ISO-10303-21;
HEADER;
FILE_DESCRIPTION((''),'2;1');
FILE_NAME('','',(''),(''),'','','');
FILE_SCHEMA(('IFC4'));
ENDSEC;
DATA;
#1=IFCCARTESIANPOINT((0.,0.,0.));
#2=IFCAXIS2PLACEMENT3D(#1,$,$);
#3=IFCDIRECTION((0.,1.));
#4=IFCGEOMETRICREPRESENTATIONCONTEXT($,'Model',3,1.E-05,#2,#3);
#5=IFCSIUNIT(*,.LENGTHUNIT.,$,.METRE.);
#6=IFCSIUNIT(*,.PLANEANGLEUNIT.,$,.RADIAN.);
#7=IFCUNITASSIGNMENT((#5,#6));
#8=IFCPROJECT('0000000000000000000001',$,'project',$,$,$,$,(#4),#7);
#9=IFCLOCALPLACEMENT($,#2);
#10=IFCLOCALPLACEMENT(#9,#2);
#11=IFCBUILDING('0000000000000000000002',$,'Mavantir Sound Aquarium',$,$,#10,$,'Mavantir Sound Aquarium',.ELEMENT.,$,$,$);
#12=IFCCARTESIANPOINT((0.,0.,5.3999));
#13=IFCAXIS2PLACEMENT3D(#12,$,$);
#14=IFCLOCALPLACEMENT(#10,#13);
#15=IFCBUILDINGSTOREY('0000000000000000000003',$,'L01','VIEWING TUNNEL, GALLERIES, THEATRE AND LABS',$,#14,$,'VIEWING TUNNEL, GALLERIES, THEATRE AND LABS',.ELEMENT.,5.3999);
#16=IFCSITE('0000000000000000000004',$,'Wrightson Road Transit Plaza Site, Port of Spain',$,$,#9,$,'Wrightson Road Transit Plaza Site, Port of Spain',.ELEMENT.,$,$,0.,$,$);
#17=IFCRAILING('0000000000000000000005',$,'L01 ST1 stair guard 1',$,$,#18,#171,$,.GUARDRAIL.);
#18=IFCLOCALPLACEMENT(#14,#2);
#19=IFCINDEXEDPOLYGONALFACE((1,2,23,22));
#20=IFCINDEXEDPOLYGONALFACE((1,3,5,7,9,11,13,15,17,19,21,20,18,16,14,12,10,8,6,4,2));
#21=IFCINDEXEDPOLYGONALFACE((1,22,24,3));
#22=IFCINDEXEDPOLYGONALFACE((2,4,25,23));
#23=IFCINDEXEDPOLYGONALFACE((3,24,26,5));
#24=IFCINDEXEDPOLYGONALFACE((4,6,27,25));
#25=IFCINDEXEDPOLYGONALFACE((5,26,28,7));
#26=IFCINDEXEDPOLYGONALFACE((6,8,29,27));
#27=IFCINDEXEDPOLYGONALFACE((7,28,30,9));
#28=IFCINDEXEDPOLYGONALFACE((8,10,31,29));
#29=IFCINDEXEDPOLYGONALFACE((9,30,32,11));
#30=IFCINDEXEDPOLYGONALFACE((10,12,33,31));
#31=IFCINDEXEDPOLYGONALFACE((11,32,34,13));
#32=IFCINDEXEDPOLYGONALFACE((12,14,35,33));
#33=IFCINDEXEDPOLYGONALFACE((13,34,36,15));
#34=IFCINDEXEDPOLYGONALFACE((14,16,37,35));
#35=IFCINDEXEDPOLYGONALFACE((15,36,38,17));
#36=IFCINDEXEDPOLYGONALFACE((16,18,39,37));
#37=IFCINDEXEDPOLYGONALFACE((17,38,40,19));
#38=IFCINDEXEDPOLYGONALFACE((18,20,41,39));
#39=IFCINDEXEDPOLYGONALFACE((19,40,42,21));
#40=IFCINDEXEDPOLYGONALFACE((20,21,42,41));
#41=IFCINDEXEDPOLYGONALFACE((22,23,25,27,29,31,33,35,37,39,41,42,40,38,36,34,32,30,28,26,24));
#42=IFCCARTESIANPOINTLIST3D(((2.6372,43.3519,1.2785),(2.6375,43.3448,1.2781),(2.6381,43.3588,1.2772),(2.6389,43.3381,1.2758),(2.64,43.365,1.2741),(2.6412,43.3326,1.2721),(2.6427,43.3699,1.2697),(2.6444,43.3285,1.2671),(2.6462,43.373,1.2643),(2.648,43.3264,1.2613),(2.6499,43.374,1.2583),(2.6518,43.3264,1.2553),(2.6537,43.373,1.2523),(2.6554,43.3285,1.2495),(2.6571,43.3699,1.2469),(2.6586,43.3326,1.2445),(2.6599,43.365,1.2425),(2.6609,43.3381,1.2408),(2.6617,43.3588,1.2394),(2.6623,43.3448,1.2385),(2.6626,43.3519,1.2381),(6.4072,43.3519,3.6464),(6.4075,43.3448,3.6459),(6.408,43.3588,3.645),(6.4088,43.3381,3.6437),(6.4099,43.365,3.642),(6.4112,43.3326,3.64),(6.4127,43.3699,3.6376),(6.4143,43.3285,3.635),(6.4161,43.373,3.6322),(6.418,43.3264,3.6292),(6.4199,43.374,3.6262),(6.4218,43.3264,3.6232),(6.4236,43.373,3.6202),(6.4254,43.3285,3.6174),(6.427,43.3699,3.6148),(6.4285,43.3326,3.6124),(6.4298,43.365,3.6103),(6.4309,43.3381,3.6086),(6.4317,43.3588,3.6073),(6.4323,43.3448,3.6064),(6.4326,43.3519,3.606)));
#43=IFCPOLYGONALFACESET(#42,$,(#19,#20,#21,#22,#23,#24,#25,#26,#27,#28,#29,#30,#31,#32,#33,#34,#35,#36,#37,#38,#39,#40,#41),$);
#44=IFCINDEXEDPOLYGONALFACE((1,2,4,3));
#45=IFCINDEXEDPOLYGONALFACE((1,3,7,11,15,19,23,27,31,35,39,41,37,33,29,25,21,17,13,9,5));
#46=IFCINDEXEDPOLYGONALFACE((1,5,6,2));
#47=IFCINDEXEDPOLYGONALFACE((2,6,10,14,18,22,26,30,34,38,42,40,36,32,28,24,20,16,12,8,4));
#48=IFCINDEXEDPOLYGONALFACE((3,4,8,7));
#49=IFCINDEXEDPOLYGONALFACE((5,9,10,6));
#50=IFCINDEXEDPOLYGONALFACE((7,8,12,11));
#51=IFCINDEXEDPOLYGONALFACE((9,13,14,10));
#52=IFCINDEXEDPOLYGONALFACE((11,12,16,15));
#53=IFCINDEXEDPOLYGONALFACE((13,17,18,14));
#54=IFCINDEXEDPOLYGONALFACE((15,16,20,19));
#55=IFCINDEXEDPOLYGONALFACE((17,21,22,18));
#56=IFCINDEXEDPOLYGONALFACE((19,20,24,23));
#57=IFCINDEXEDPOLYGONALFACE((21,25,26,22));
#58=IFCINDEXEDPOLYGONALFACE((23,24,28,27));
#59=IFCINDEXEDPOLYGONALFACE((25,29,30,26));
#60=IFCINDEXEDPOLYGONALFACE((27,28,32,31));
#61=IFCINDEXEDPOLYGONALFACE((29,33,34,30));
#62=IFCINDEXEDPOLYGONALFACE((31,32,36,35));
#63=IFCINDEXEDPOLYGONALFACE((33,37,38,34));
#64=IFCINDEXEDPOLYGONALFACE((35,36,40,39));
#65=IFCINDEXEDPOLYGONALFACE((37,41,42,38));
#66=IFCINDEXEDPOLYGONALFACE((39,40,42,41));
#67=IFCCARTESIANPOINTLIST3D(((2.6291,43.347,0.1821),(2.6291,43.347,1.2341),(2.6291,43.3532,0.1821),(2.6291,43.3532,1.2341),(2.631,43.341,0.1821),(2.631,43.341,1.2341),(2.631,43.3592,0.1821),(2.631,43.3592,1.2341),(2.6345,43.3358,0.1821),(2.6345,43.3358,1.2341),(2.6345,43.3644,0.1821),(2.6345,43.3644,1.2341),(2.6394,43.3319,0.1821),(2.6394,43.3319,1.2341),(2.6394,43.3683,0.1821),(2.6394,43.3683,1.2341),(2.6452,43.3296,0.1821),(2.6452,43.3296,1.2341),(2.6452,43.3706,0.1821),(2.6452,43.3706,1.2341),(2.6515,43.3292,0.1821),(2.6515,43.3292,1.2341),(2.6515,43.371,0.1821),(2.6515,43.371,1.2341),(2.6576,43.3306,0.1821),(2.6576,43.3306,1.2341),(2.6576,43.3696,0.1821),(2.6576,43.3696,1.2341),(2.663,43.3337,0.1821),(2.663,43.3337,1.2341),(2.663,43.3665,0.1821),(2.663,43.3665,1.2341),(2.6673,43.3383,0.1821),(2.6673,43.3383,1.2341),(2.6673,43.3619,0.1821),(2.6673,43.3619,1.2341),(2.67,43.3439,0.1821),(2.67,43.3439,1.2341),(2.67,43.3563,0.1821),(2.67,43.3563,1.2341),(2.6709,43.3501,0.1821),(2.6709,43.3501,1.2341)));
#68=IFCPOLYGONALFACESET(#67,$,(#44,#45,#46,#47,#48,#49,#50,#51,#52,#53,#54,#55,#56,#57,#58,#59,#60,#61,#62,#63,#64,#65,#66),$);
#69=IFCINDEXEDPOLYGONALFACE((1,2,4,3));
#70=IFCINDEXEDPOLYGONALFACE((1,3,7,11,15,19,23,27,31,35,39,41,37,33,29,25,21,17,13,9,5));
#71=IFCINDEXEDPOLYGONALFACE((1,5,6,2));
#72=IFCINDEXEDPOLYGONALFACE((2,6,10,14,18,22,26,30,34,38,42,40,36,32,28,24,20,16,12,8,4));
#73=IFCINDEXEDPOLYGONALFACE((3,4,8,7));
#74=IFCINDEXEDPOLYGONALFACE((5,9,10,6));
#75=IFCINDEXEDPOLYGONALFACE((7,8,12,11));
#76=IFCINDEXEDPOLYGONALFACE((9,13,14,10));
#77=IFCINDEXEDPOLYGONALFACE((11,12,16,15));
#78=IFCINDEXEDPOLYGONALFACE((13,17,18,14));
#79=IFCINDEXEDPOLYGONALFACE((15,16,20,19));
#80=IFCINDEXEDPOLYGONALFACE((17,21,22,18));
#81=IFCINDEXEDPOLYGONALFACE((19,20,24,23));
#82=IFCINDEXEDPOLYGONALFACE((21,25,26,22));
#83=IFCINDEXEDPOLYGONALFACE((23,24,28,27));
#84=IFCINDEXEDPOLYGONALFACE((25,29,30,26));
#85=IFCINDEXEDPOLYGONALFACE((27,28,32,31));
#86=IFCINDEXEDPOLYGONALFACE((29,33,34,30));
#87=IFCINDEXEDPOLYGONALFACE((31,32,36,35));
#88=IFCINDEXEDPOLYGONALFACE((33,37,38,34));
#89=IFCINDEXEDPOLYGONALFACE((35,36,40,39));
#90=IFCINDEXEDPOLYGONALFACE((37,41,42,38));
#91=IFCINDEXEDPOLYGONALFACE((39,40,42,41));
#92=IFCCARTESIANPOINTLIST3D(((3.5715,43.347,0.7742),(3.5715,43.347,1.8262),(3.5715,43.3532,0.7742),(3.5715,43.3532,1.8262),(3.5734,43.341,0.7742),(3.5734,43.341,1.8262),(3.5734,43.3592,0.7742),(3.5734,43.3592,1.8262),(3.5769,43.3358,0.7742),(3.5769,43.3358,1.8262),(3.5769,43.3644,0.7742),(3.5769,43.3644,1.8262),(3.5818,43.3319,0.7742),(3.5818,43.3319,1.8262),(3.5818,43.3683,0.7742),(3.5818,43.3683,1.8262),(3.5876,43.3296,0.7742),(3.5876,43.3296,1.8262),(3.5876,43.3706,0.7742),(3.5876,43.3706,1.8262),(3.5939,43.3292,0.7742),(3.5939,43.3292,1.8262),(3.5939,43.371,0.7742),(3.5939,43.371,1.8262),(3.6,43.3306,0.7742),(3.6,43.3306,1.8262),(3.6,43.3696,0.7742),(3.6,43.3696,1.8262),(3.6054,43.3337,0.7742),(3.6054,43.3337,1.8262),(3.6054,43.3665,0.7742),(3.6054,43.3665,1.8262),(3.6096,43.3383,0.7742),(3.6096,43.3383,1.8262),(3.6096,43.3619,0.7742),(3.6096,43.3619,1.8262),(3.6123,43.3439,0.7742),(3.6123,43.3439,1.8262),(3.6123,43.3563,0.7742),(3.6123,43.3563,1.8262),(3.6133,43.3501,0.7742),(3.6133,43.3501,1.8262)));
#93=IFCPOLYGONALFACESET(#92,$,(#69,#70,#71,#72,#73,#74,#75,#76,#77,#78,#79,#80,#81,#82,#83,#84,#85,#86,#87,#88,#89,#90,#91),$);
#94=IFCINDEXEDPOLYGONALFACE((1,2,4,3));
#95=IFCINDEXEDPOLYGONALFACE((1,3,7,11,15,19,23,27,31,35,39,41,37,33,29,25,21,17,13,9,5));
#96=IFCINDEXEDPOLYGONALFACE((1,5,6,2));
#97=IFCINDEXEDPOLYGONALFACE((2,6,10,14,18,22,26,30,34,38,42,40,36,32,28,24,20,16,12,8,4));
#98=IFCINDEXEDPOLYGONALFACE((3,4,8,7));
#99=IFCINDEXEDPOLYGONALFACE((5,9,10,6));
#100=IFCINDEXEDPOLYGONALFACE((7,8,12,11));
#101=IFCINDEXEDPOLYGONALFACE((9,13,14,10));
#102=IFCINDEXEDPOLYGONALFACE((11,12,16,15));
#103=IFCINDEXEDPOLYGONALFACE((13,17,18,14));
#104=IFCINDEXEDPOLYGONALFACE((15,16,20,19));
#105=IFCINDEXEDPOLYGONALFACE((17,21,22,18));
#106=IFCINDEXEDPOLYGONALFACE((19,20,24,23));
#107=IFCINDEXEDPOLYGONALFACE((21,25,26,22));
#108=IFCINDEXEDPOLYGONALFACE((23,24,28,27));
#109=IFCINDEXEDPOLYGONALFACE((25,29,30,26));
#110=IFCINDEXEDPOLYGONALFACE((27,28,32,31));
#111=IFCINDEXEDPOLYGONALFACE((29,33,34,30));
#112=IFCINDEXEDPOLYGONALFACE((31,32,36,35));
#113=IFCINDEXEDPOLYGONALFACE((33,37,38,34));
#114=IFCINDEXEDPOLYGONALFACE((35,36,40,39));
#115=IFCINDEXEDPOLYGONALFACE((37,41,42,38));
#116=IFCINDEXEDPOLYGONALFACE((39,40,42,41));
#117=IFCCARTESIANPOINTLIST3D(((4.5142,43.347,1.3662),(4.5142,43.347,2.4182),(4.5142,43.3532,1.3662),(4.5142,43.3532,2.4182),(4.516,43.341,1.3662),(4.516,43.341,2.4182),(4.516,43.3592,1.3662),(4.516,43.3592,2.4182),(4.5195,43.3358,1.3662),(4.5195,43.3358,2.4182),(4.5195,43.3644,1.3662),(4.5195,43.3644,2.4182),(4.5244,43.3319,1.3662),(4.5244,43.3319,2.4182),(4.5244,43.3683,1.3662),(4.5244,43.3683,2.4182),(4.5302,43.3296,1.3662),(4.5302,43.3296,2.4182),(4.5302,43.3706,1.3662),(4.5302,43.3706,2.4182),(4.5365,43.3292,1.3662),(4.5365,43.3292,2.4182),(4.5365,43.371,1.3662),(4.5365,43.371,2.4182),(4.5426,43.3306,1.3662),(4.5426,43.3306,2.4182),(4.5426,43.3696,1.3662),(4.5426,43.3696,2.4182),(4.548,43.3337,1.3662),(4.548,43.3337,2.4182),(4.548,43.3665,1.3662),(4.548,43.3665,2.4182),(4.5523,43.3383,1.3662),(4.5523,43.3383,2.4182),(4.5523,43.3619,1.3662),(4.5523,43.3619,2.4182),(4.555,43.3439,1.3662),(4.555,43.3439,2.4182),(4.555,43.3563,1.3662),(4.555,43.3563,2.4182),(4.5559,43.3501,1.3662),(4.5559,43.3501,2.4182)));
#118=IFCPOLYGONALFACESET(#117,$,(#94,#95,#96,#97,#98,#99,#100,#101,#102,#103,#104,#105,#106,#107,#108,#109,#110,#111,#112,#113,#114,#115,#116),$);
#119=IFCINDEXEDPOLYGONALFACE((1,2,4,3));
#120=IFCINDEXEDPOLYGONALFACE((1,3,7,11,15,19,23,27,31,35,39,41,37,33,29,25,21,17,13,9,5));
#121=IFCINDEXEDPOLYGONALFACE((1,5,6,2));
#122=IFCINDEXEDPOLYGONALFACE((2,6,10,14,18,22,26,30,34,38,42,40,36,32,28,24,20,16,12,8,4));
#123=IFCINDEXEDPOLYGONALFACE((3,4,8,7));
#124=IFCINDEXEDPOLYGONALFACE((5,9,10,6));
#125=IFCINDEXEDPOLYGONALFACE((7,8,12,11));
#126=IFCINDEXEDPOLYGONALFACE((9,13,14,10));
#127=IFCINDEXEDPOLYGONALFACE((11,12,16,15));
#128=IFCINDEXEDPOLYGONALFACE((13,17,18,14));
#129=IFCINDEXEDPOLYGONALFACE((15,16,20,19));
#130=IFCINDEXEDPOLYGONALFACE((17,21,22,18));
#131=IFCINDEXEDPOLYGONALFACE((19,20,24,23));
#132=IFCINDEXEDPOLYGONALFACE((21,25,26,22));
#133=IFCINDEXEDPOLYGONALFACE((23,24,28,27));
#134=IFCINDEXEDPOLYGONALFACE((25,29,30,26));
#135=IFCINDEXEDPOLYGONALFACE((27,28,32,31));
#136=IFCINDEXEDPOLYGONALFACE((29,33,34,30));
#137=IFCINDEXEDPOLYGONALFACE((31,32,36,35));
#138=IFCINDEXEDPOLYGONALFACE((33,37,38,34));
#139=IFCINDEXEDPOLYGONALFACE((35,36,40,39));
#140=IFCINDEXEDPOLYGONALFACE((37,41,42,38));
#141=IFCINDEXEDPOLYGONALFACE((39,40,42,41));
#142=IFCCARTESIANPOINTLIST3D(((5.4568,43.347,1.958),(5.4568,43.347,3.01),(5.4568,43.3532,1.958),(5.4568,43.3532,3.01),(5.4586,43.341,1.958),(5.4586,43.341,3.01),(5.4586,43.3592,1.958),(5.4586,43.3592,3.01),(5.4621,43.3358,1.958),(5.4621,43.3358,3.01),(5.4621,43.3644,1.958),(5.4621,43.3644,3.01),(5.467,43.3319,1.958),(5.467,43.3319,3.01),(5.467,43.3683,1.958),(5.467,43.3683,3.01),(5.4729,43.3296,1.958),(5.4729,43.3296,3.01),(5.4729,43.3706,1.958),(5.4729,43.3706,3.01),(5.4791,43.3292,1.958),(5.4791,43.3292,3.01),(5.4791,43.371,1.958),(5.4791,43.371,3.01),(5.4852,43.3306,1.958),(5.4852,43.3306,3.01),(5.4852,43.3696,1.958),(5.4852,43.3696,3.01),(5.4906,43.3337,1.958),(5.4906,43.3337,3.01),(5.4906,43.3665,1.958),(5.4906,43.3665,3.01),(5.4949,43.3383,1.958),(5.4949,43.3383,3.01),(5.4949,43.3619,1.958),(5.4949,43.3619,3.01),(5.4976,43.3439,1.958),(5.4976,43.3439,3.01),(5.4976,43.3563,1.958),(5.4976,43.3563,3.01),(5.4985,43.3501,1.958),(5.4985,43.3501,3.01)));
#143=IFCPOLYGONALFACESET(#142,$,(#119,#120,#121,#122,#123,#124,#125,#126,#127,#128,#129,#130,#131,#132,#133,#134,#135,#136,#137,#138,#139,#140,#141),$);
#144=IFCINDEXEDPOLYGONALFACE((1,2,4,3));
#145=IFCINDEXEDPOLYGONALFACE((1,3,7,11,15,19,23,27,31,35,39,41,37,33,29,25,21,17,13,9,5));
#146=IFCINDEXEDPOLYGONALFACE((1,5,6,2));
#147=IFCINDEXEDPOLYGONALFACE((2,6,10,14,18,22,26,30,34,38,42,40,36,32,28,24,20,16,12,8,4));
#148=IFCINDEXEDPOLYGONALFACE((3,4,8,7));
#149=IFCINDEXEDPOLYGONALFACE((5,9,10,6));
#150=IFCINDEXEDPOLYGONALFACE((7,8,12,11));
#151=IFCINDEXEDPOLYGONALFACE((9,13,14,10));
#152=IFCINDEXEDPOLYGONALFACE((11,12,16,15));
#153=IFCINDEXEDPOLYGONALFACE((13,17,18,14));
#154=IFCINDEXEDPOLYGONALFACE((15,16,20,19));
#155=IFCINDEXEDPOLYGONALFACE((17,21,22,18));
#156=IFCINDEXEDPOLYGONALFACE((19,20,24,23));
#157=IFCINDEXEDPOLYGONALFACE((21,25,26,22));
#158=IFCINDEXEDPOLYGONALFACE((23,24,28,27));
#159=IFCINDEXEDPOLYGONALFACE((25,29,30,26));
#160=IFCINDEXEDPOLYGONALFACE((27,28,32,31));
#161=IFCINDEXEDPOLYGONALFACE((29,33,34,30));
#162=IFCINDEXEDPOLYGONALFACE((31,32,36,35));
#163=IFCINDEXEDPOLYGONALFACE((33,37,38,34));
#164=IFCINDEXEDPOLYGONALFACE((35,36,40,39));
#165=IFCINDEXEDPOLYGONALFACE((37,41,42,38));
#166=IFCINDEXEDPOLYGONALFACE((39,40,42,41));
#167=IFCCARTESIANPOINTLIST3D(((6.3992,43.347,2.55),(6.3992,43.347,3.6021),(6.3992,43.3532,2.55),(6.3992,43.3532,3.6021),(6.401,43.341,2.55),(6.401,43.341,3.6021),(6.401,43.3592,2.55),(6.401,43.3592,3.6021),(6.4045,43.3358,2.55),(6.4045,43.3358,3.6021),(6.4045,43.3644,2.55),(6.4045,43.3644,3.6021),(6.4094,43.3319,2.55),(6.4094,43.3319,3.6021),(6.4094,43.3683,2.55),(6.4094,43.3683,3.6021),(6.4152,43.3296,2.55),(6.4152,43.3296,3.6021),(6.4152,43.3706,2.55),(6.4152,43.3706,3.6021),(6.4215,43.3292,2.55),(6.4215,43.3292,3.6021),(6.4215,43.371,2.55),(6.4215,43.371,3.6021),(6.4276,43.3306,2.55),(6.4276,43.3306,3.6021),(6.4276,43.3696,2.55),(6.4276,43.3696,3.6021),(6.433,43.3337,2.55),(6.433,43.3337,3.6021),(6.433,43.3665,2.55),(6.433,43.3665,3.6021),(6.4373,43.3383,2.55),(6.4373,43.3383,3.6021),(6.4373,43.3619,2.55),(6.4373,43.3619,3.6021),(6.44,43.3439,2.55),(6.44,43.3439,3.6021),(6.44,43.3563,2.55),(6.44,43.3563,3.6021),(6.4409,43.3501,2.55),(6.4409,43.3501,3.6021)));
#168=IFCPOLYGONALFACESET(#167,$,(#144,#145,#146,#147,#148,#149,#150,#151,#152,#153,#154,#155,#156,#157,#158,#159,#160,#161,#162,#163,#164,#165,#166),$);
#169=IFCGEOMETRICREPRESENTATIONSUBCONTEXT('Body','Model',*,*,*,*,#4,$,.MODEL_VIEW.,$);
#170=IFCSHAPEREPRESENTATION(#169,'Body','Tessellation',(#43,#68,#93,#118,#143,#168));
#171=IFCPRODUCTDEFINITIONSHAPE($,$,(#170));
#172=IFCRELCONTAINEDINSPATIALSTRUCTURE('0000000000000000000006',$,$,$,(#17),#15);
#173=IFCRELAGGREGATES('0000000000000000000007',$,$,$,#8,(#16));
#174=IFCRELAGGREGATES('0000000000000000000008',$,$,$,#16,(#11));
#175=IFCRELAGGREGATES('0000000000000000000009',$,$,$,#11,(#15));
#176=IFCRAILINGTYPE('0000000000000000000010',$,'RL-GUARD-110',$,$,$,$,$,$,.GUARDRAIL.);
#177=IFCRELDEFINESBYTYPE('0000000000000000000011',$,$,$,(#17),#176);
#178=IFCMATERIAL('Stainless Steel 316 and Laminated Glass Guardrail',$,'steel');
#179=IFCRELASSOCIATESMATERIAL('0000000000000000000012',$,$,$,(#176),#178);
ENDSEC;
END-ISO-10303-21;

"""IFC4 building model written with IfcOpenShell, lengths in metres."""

from ifc_helpers import new_model, si_unit, direction, frame, origin, origin_2d, place, context, subcontext, project, spatial, circle, extrude, material, type_object, element, save


model = new_model("IFC4")

# Units and contexts
model_context = context("Model", 3, precision=1e-05, world=origin(), true_north=direction((0.0, 1.0)))
body_context = subcontext(model_context, "Body", "Model", "MODEL_VIEW")
ifc_project = project(units=[si_unit("LENGTHUNIT", "METRE"), si_unit("PLANEANGLEUNIT", "RADIAN")], contexts=[model_context])

# Site, building, storey
site_placement = place(None, origin())
site = spatial("IfcSite", under=ifc_project, at=site_placement, Name="Wrightson Road Transit Plaza Site, Port of Spain", LongName="Wrightson Road Transit Plaza Site, Port of Spain", CompositionType="ELEMENT", RefElevation=0.0)
building_placement = place(site_placement, origin())
building = spatial("IfcBuilding", under=site, at=building_placement, Name="Mavantir Sound Aquarium", LongName="Mavantir Sound Aquarium", CompositionType="ELEMENT")
storey_placement = place(building_placement, frame((0.0, 0.0, 5.3999)))
storey = spatial("IfcBuildingStorey", under=building, at=storey_placement, Name="L01", Description="VIEWING TUNNEL, GALLERIES, THEATRE AND LABS", LongName="VIEWING TUNNEL, GALLERIES, THEATRE AND LABS", CompositionType="ELEMENT", Elevation=5.3999)

# Railing
ifc_material_1 = material(Name="Stainless Steel 316 and Laminated Glass Guardrail", Category="steel")
railing_type_1 = type_object("IfcRailingType", Name="RL-GUARD-110", PredefinedType="GUARDRAIL", material=ifc_material_1)
railing_1_placement = place(storey_placement, frame((2.6499, 43.3501, 0.1821)))
element("IfcRailing", 1, at=railing_1_placement, inside=storey, type_object=railing_type_1, Name="L01 ST1 stair guard 1", PredefinedType="GUARDRAIL", context=body_context, shape_type="SweptSolid", body=[
    extrude(circle(Radius=0.0239, at=origin_2d()), frame((0.0, 0.0, 1.0762), z_axis=(0.846819, 0.0, 0.531881), x_axis=(0.0, 1.0, 0.0)), (0.0, 0.0, 1.0), 4.4519),
    extrude(circle(Radius=0.021, at=origin_2d()), origin(), (0.0, 0.0, 1.0), 1.052),
    extrude(circle(Radius=0.021, at=origin_2d()), frame((0.9424, 0.0, 0.592)), (0.0, 0.0, 1.0), 1.052),
    extrude(circle(Radius=0.021, at=origin_2d()), frame((1.885, 0.0, 1.1841)), (0.0, 0.0, 1.0), 1.052),
    extrude(circle(Radius=0.021, at=origin_2d()), frame((2.8276, 0.0, 1.7759)), (0.0, 0.0, 1.0), 1.052),
    extrude(circle(Radius=0.021, at=origin_2d()), frame((3.77, 0.0, 2.3679)), (0.0, 0.0, 1.0), 1.052),
])

save(model, "model.ifc")
